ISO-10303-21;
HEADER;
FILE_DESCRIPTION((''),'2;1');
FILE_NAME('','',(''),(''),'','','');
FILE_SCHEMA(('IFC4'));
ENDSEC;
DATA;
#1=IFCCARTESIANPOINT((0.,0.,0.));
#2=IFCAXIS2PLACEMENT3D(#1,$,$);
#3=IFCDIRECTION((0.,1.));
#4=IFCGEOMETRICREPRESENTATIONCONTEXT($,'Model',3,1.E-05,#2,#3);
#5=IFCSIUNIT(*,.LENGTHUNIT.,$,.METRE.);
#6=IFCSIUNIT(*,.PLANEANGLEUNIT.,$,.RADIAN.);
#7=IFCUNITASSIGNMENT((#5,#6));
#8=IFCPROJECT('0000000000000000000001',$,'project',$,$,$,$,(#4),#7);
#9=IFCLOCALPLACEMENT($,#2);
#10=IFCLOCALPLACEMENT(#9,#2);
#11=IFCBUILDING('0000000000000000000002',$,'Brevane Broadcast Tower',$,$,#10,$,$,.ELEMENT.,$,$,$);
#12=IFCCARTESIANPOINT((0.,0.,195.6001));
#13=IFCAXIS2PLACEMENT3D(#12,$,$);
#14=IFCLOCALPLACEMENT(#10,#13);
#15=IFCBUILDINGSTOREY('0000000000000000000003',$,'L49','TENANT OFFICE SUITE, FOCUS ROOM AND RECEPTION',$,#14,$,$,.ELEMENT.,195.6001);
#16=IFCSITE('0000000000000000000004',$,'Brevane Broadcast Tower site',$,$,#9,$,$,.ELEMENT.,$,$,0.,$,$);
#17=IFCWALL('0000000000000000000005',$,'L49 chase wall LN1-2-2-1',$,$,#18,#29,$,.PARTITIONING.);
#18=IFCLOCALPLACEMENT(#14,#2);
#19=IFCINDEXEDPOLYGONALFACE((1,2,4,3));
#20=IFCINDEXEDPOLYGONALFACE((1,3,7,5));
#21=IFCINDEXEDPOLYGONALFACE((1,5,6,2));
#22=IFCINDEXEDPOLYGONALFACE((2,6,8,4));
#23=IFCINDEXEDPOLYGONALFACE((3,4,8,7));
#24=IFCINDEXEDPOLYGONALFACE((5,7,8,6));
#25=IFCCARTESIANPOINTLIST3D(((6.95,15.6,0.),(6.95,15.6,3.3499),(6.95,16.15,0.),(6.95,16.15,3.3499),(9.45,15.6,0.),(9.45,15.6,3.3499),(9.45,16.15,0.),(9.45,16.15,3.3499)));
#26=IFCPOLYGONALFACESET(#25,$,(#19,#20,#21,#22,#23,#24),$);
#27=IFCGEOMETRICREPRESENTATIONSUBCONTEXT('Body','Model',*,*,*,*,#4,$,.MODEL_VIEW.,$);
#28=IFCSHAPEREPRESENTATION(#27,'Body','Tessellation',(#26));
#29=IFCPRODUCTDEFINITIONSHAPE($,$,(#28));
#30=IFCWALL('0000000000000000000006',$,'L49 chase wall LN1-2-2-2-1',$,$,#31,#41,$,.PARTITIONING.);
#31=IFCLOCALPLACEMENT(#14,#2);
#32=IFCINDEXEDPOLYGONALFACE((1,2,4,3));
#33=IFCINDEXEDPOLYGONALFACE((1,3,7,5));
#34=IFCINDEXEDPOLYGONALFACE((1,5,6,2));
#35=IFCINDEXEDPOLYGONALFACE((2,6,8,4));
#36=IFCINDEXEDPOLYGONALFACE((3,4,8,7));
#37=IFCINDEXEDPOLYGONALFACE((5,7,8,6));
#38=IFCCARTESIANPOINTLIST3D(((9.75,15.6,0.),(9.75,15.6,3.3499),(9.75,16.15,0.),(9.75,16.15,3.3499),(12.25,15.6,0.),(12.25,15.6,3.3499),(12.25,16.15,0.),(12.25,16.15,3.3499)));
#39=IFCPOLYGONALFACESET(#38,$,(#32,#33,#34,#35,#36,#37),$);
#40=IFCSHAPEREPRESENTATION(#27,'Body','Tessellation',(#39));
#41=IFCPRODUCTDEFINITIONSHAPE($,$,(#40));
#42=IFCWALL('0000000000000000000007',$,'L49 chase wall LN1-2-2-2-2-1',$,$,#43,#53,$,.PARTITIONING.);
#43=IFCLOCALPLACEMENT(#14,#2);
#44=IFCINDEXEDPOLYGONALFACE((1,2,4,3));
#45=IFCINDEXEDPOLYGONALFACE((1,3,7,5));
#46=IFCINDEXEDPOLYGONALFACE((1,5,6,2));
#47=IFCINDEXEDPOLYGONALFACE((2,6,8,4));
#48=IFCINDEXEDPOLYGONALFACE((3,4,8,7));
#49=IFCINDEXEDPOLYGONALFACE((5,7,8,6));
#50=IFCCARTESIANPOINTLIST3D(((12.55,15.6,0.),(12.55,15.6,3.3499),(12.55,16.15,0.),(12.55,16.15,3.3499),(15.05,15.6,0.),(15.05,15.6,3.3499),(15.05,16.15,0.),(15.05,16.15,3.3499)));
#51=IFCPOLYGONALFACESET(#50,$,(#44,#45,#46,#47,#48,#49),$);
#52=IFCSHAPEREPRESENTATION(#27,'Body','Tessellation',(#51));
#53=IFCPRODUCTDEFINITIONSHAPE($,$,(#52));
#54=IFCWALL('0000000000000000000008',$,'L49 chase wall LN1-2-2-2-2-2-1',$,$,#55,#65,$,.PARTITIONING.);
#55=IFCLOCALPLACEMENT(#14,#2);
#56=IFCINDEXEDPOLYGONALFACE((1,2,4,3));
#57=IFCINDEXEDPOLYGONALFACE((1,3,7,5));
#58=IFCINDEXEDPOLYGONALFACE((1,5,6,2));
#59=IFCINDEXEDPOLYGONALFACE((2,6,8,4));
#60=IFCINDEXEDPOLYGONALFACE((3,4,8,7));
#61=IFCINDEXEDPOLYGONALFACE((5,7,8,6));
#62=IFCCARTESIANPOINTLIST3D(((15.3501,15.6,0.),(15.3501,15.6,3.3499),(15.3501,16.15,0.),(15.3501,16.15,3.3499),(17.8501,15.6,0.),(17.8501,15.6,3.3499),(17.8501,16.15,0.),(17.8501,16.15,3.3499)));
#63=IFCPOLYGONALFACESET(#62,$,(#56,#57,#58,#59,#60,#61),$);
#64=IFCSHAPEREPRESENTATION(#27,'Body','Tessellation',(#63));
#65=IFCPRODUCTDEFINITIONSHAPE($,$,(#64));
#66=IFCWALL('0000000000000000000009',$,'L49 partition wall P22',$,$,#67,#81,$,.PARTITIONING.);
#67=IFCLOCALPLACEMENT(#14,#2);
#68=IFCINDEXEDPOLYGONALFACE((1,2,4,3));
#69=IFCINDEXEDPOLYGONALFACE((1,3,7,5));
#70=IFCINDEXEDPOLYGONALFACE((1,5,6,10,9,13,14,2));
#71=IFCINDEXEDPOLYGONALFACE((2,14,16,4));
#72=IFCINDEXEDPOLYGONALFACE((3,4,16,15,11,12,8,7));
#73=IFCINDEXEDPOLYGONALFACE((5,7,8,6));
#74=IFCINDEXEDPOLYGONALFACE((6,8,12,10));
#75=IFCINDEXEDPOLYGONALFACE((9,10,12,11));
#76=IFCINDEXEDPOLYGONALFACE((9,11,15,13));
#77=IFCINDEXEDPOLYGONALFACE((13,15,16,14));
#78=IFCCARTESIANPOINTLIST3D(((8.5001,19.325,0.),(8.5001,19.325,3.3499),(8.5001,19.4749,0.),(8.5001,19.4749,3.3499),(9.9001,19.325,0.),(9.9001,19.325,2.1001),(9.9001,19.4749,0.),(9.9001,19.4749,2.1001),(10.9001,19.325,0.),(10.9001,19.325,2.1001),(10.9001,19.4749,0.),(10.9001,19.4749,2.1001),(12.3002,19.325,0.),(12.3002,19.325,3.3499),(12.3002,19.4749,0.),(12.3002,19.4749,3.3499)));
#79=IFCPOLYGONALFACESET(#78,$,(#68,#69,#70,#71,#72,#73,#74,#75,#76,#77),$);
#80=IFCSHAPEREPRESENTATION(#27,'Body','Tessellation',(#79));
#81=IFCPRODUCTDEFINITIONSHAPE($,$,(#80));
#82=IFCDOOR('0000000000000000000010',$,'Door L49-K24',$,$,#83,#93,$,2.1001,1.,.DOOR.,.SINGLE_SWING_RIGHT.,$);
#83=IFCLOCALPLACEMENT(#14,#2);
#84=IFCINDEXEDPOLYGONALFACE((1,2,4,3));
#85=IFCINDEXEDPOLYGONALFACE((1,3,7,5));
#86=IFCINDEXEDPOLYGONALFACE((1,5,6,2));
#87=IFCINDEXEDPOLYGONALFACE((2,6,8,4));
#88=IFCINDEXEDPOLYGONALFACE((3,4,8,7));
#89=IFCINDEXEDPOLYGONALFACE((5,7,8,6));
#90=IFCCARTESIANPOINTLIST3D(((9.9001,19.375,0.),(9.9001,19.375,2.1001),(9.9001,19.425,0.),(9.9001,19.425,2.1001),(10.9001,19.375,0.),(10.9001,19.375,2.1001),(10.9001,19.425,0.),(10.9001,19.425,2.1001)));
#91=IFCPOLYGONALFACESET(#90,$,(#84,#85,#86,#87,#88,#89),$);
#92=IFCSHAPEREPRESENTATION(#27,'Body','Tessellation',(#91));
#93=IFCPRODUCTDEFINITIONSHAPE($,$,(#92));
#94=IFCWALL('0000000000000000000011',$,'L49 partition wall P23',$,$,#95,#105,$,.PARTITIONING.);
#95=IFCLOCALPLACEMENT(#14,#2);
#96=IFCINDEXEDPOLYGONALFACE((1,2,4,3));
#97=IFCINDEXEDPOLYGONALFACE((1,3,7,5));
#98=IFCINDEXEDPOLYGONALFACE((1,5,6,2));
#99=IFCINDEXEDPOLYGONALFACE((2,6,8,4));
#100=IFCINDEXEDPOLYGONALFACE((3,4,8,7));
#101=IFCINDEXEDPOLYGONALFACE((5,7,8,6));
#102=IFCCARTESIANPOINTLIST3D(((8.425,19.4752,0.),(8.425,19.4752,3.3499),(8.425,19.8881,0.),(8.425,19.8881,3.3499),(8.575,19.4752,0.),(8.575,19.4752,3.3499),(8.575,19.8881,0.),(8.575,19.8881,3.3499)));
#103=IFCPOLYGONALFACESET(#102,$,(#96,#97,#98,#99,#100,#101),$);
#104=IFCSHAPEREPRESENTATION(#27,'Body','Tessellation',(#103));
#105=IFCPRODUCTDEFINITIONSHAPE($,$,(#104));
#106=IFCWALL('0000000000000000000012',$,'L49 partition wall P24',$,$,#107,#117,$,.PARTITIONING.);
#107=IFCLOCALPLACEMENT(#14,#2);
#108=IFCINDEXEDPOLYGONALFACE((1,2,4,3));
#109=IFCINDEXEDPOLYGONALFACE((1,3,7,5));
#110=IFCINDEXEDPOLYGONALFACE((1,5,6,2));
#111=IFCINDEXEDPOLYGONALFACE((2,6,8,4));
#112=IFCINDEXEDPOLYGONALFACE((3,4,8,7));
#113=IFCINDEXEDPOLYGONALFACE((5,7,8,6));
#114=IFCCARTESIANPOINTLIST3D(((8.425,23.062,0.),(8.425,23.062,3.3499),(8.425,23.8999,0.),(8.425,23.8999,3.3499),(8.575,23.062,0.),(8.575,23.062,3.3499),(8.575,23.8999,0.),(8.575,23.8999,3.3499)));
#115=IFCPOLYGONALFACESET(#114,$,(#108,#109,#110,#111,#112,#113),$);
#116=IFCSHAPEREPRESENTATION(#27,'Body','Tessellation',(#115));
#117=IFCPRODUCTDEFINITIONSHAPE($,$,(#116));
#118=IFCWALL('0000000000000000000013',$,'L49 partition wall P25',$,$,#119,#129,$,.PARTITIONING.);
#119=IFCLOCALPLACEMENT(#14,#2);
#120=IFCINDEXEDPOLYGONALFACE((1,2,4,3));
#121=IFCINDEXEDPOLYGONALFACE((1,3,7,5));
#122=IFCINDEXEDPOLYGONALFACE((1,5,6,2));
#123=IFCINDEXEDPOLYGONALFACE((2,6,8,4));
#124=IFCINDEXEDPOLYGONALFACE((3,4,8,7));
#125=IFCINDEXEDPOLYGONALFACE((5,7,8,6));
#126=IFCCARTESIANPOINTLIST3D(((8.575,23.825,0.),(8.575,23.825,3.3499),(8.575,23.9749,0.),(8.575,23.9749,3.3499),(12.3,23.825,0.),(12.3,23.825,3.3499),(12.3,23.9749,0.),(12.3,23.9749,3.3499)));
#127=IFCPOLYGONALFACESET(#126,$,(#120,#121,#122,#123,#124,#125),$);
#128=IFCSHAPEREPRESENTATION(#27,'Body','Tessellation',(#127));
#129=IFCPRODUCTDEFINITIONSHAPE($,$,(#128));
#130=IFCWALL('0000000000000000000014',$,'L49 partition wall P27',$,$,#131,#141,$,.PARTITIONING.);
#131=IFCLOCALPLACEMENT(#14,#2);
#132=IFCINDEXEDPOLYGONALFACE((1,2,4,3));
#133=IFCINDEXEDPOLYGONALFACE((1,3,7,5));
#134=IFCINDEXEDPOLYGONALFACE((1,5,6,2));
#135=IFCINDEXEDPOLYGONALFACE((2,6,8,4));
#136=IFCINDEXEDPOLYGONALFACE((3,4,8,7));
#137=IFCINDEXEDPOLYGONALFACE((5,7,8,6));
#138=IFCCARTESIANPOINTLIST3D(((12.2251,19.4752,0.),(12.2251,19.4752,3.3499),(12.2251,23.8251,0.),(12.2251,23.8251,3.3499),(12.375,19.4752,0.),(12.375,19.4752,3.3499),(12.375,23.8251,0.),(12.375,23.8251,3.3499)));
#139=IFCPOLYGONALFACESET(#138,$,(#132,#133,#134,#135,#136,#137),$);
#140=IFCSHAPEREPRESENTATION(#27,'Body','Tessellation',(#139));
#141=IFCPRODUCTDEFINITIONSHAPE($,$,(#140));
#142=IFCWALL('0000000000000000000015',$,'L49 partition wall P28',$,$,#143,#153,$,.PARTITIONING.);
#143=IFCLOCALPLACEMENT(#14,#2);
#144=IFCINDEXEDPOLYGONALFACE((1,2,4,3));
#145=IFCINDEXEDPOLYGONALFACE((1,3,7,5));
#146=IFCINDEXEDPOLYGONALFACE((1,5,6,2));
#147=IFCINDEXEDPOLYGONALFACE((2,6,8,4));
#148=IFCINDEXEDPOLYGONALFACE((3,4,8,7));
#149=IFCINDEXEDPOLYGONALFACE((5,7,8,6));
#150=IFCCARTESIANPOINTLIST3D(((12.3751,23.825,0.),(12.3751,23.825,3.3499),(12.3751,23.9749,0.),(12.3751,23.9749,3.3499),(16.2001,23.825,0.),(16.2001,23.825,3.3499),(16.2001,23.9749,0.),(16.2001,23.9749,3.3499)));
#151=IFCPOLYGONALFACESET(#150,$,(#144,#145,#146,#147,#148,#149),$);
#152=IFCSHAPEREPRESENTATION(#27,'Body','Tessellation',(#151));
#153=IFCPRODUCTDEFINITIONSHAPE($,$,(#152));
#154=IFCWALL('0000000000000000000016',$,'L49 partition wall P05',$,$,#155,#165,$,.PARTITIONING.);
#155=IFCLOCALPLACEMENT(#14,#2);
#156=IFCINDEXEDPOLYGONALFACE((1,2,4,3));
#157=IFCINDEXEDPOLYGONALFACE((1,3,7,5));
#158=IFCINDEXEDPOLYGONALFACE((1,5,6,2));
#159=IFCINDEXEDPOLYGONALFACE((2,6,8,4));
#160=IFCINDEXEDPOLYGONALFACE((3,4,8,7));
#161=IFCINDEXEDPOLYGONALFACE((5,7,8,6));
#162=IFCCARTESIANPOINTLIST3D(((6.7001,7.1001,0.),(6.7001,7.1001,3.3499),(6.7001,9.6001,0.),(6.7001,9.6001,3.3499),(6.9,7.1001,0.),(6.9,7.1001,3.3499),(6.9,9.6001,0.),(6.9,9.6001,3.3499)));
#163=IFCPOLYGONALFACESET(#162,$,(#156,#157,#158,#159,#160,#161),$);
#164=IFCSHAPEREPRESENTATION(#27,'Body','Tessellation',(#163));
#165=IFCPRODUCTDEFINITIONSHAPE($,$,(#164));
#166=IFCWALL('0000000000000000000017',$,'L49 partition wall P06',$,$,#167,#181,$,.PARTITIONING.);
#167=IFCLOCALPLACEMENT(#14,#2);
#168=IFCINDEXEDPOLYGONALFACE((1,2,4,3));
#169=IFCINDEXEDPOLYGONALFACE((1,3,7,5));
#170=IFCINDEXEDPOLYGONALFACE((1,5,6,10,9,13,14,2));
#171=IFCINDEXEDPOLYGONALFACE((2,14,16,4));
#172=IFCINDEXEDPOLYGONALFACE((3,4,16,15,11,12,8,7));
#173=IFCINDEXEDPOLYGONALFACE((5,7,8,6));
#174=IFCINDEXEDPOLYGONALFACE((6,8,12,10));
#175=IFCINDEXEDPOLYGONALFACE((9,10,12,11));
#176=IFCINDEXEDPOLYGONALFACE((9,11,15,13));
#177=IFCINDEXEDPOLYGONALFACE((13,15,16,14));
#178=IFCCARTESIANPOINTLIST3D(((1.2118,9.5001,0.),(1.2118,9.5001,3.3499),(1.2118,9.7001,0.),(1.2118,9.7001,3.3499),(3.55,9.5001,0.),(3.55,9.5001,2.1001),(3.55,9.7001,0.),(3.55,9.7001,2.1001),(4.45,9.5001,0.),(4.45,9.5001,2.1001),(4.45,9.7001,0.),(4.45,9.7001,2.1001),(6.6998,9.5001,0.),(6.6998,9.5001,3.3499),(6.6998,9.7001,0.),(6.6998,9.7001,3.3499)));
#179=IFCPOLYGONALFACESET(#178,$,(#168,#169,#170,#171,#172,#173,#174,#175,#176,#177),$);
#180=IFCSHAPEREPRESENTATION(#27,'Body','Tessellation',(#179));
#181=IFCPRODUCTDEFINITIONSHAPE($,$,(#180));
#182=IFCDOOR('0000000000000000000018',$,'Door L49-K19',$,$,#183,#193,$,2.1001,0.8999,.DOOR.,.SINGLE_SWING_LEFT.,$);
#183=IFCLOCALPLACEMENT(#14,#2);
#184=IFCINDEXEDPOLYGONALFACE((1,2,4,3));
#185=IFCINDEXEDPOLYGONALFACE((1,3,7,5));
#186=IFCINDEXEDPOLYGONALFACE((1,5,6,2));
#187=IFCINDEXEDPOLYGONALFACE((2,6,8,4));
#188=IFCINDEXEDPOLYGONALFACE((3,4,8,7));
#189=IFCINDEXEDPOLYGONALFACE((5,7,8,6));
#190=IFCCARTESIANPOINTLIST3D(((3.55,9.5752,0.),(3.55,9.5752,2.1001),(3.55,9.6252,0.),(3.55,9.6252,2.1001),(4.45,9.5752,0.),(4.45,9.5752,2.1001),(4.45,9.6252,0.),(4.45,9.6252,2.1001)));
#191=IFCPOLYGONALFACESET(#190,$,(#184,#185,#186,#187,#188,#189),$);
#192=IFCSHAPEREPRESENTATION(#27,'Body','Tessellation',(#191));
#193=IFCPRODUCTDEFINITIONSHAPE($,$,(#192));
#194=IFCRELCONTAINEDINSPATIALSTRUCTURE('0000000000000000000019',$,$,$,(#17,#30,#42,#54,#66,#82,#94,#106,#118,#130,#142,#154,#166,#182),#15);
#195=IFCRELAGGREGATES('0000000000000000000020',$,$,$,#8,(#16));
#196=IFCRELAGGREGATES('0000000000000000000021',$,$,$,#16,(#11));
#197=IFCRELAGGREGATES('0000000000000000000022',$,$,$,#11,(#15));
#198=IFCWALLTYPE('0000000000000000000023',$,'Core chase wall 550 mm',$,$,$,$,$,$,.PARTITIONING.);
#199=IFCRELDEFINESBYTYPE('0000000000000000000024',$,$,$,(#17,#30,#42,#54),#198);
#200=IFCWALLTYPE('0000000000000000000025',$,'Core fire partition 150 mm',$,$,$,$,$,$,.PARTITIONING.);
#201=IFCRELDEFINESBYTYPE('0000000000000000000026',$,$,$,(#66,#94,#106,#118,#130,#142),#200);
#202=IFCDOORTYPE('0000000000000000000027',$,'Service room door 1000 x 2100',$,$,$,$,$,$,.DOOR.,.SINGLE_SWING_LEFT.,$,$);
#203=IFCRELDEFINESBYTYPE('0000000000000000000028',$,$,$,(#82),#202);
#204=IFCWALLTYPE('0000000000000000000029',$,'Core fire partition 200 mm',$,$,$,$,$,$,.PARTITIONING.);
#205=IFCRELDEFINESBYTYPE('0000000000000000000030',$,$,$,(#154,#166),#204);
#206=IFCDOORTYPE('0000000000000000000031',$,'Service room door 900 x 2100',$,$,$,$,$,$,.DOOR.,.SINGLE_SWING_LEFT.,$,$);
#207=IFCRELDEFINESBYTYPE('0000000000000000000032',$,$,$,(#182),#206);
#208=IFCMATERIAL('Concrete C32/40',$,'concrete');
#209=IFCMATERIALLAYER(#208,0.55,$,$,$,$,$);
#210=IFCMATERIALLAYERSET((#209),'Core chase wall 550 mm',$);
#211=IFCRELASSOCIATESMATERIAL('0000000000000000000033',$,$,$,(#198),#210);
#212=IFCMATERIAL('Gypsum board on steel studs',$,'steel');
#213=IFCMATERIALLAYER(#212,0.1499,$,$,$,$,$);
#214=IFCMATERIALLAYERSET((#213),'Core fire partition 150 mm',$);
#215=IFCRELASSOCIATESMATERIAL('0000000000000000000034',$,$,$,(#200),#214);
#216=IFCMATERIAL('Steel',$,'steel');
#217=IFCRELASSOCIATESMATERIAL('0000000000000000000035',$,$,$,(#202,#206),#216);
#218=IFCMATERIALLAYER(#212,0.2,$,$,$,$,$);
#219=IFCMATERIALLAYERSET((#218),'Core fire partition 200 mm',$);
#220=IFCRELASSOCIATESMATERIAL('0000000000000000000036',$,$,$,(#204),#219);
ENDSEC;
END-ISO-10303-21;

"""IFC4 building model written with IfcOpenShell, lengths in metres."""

from ifc_helpers import new_model, si_unit, direction, frame, frame_2d, origin, place, context, subcontext, project, spatial, rectangle, extrude, material, layer, layer_set, type_object, element, fill, save


model = new_model("IFC4")

# Units and contexts
model_context = context("Model", 3, precision=1e-05, world=origin(), true_north=direction((0.0, 1.0)))
body_context = subcontext(model_context, "Body", "Model", "MODEL_VIEW")
ifc_project = project(units=[si_unit("LENGTHUNIT", "METRE"), si_unit("PLANEANGLEUNIT", "RADIAN")], contexts=[model_context])

# Site, building, storey
site_placement = place(None, origin())
site = spatial("IfcSite", under=ifc_project, at=site_placement, Name="Brevane Broadcast Tower site", CompositionType="ELEMENT", RefElevation=0.0)
building_placement = place(site_placement, origin())
building = spatial("IfcBuilding", under=site, at=building_placement, Name="Brevane Broadcast Tower", CompositionType="ELEMENT")
storey_placement = place(building_placement, frame((0.0, 0.0, 195.6001)))
storey = spatial("IfcBuildingStorey", under=building, at=storey_placement, Name="L49", Description="TENANT OFFICE SUITE, FOCUS ROOM AND RECEPTION", CompositionType="ELEMENT", Elevation=195.6001)

# Walls
ifc_material_1 = material(Name="Concrete C32/40", Category="concrete")
ifc_layer_1 = layer(ifc_material_1, 0.55)
ifc_layer_set_1 = layer_set([ifc_layer_1], Name="Core chase wall 550 mm")
wall_type_1 = type_object("IfcWallType", Name="Core chase wall 550 mm", PredefinedType="PARTITIONING", material=ifc_layer_set_1)
for number, where, z_axis, x_axis, name in (
    (1, (6.95, 15.875, 0.0), (0.0, 0.0, 1.0), (1.0, 0.0, 0.0), "L49 chase wall LN1-2-2-1"),
    (2, (9.75, 15.875, 0.0), (0.0, 0.0, 1.0), (1.0, 0.0, 0.0), "L49 chase wall LN1-2-2-2-1"),
    (3, (12.55, 15.875, 0.0), (0.0, 0.0, 1.0), (1.0, 0.0, 0.0), "L49 chase wall LN1-2-2-2-2-1"),
    (4, (15.3501, 15.875, 0.0), (0.0, 0.0, 1.0), (1.0, 0.0, 0.0), "L49 chase wall LN1-2-2-2-2-2-1"),
):
    element("IfcWall", number, at=place(storey_placement, frame(where, z_axis=z_axis, x_axis=x_axis)), inside=storey, type_object=wall_type_1, Name=name, PredefinedType="PARTITIONING", context=body_context, shape_type="SweptSolid", body=[
        extrude(rectangle(XDim=2.5, YDim=0.55, at=frame_2d((1.25, 0.0))), origin(), (0.0, 0.0, 1.0), 3.3499),
    ])

# Wall, opening, door
ifc_material_2 = material(Name="Gypsum board on steel studs", Category="steel")
ifc_layer_2 = layer(ifc_material_2, 0.1499)
ifc_layer_set_2 = layer_set([ifc_layer_2], Name="Core fire partition 150 mm")
wall_type_2 = type_object("IfcWallType", Name="Core fire partition 150 mm", PredefinedType="PARTITIONING", material=ifc_layer_set_2)
wall_1_placement = place(storey_placement, frame((12.3, 19.3999, 0.0), z_axis=(0.0, 0.0, 1.0), x_axis=(-1.0, 0.0, 0.0)))
wall_1 = element("IfcWall", 5, at=wall_1_placement, inside=storey, type_object=wall_type_2, Name="L49 partition wall P22", PredefinedType="PARTITIONING", context=body_context, shape_type="SweptSolid", body=[
    extrude(rectangle(XDim=3.8, YDim=0.1499, at=frame_2d((1.8999, 0.0))), origin(), (0.0, 0.0, 1.0), 3.3499),
])
opening_1_placement = place(wall_1_placement, frame((1.3999, 0.0, 0.0)))
opening_1 = element("IfcOpeningElement", 6, at=opening_1_placement, cuts=wall_1, PredefinedType="OPENING", context=body_context, shape_type="SweptSolid", body=[
    extrude(rectangle(XDim=1.0, YDim=2.1001, at=frame_2d((0.5, 1.05))), frame((0.0, 0.085, 0.0), z_axis=(0.0, -1.0, 0.0), x_axis=(1.0, 0.0, 0.0)), (0.0, 0.0, 1.0), 0.1699),
])
ifc_material_3 = material(Name="Steel", Category="steel")
door_type_1 = type_object("IfcDoorType", Name="Service room door 1000 x 2100", OperationType="SINGLE_SWING_LEFT", PredefinedType="DOOR", material=ifc_material_3)
door_1_placement = place(opening_1_placement, origin())
door_1 = element("IfcDoor", 7, at=door_1_placement, inside=storey, type_object=door_type_1, Name="Door L49-K24", OperationType="SINGLE_SWING_RIGHT", OverallHeight=2.1001, OverallWidth=1.0, PredefinedType="DOOR", context=body_context, shape_type="SweptSolid", body=[
    extrude(rectangle(XDim=1.0, YDim=2.1001, at=frame_2d((0.5, 1.05))), frame((0.0, 0.0249, 0.0), z_axis=(0.0, -1.0, 0.0), x_axis=(1.0, 0.0, 0.0)), (0.0, 0.0, 1.0), 0.05),
])
fill(opening_1, door_1)

# Walls
wall_2_placement = place(storey_placement, frame((8.5, 19.4751, 0.0), z_axis=(0.0, 0.0, 1.0), x_axis=(0.0, 1.0, 0.0)))
element("IfcWall", 8, at=wall_2_placement, inside=storey, type_object=wall_type_2, Name="L49 partition wall P23", PredefinedType="PARTITIONING", context=body_context, shape_type="SweptSolid", body=[
    extrude(rectangle(XDim=0.4128, YDim=0.1499, at=frame_2d((0.2065, 0.0))), origin(), (0.0, 0.0, 1.0), 3.3499),
])
wall_3_placement = place(storey_placement, frame((8.5, 23.062, 0.0), z_axis=(0.0, 0.0, 1.0), x_axis=(0.0, 1.0, 0.0)))
element("IfcWall", 9, at=wall_3_placement, inside=storey, type_object=wall_type_2, Name="L49 partition wall P24", PredefinedType="PARTITIONING", context=body_context, shape_type="SweptSolid", body=[
    extrude(rectangle(XDim=0.8379, YDim=0.1499, at=frame_2d((0.4189, 0.0))), origin(), (0.0, 0.0, 1.0), 3.3499),
])
wall_4_placement = place(storey_placement, frame((8.575, 23.8999, 0.0), z_axis=(0.0, 0.0, 1.0), x_axis=(1.0, 0.0, 0.0)))
element("IfcWall", 10, at=wall_4_placement, inside=storey, type_object=wall_type_2, Name="L49 partition wall P25", PredefinedType="PARTITIONING", context=body_context, shape_type="SweptSolid", body=[
    extrude(rectangle(XDim=3.7251, YDim=0.1499, at=frame_2d((1.8625, 0.0))), origin(), (0.0, 0.0, 1.0), 3.3499),
])
wall_5_placement = place(storey_placement, frame((12.3, 23.825, 0.0), z_axis=(0.0, 0.0, 1.0), x_axis=(0.0, -1.0, 0.0)))
element("IfcWall", 11, at=wall_5_placement, inside=storey, type_object=wall_type_2, Name="L49 partition wall P27", PredefinedType="PARTITIONING", context=body_context, shape_type="SweptSolid", body=[
    extrude(rectangle(XDim=4.3499, YDim=0.1499, at=frame_2d((2.1748, 0.0))), origin(), (0.0, 0.0, 1.0), 3.3499),
])
wall_6_placement = place(storey_placement, frame((12.375, 23.8999, 0.0), z_axis=(0.0, 0.0, 1.0), x_axis=(1.0, 0.0, 0.0)))
element("IfcWall", 12, at=wall_6_placement, inside=storey, type_object=wall_type_2, Name="L49 partition wall P28", PredefinedType="PARTITIONING", context=body_context, shape_type="SweptSolid", body=[
    extrude(rectangle(XDim=3.825, YDim=0.1499, at=frame_2d((1.9126, 0.0))), origin(), (0.0, 0.0, 1.0), 3.3499),
])
ifc_layer_3 = layer(ifc_material_2, 0.2)
ifc_layer_set_3 = layer_set([ifc_layer_3], Name="Core fire partition 200 mm")
wall_type_3 = type_object("IfcWallType", Name="Core fire partition 200 mm", PredefinedType="PARTITIONING", material=ifc_layer_set_3)
wall_7_placement = place(storey_placement, frame((6.8, 9.6001, 0.0), z_axis=(0.0, 0.0, 1.0), x_axis=(0.0, -1.0, 0.0)))
element("IfcWall", 13, at=wall_7_placement, inside=storey, type_object=wall_type_3, Name="L49 partition wall P05", PredefinedType="PARTITIONING", context=body_context, shape_type="SweptSolid", body=[
    extrude(rectangle(XDim=2.5, YDim=0.2, at=frame_2d((1.25, 0.0))), origin(), (0.0, 0.0, 1.0), 3.3499),
])

# Wall, opening, door
wall_8_placement = place(storey_placement, frame((6.7, 9.6001, 0.0), z_axis=(0.0, 0.0, 1.0), x_axis=(-1.0, 0.0, 0.0)))
wall_8 = element("IfcWall", 14, at=wall_8_placement, inside=storey, type_object=wall_type_3, Name="L49 partition wall P06", PredefinedType="PARTITIONING", context=body_context, shape_type="SweptSolid", body=[
    extrude(rectangle(XDim=5.488, YDim=0.2, at=frame_2d((2.7441, 0.0))), origin(), (0.0, 0.0, 1.0), 3.3499),
])
opening_2_placement = place(wall_8_placement, frame((2.25, 0.0, 0.0)))
opening_2 = element("IfcOpeningElement", 15, at=opening_2_placement, cuts=wall_8, PredefinedType="OPENING", context=body_context, shape_type="SweptSolid", body=[
    extrude(rectangle(XDim=0.8999, YDim=2.1001, at=frame_2d((0.45, 1.05))), frame((0.0, 0.1099, 0.0), z_axis=(0.0, -1.0, 0.0), x_axis=(1.0, 0.0, 0.0)), (0.0, 0.0, 1.0), 0.22),
])
door_type_2 = type_object("IfcDoorType", Name="Service room door 900 x 2100", OperationType="SINGLE_SWING_LEFT", PredefinedType="DOOR", material=ifc_material_3)
door_2_placement = place(opening_2_placement, origin())
door_2 = element("IfcDoor", 16, at=door_2_placement, inside=storey, type_object=door_type_2, Name="Door L49-K19", OperationType="SINGLE_SWING_LEFT", OverallHeight=2.1001, OverallWidth=0.8999, PredefinedType="DOOR", context=body_context, shape_type="SweptSolid", body=[
    extrude(rectangle(XDim=0.8999, YDim=2.1001, at=frame_2d((0.45, 1.05))), frame((0.0, 0.0249, 0.0), z_axis=(0.0, -1.0, 0.0), x_axis=(1.0, 0.0, 0.0)), (0.0, 0.0, 1.0), 0.05),
])
fill(opening_2, door_2)

save(model, "model.ifc")
